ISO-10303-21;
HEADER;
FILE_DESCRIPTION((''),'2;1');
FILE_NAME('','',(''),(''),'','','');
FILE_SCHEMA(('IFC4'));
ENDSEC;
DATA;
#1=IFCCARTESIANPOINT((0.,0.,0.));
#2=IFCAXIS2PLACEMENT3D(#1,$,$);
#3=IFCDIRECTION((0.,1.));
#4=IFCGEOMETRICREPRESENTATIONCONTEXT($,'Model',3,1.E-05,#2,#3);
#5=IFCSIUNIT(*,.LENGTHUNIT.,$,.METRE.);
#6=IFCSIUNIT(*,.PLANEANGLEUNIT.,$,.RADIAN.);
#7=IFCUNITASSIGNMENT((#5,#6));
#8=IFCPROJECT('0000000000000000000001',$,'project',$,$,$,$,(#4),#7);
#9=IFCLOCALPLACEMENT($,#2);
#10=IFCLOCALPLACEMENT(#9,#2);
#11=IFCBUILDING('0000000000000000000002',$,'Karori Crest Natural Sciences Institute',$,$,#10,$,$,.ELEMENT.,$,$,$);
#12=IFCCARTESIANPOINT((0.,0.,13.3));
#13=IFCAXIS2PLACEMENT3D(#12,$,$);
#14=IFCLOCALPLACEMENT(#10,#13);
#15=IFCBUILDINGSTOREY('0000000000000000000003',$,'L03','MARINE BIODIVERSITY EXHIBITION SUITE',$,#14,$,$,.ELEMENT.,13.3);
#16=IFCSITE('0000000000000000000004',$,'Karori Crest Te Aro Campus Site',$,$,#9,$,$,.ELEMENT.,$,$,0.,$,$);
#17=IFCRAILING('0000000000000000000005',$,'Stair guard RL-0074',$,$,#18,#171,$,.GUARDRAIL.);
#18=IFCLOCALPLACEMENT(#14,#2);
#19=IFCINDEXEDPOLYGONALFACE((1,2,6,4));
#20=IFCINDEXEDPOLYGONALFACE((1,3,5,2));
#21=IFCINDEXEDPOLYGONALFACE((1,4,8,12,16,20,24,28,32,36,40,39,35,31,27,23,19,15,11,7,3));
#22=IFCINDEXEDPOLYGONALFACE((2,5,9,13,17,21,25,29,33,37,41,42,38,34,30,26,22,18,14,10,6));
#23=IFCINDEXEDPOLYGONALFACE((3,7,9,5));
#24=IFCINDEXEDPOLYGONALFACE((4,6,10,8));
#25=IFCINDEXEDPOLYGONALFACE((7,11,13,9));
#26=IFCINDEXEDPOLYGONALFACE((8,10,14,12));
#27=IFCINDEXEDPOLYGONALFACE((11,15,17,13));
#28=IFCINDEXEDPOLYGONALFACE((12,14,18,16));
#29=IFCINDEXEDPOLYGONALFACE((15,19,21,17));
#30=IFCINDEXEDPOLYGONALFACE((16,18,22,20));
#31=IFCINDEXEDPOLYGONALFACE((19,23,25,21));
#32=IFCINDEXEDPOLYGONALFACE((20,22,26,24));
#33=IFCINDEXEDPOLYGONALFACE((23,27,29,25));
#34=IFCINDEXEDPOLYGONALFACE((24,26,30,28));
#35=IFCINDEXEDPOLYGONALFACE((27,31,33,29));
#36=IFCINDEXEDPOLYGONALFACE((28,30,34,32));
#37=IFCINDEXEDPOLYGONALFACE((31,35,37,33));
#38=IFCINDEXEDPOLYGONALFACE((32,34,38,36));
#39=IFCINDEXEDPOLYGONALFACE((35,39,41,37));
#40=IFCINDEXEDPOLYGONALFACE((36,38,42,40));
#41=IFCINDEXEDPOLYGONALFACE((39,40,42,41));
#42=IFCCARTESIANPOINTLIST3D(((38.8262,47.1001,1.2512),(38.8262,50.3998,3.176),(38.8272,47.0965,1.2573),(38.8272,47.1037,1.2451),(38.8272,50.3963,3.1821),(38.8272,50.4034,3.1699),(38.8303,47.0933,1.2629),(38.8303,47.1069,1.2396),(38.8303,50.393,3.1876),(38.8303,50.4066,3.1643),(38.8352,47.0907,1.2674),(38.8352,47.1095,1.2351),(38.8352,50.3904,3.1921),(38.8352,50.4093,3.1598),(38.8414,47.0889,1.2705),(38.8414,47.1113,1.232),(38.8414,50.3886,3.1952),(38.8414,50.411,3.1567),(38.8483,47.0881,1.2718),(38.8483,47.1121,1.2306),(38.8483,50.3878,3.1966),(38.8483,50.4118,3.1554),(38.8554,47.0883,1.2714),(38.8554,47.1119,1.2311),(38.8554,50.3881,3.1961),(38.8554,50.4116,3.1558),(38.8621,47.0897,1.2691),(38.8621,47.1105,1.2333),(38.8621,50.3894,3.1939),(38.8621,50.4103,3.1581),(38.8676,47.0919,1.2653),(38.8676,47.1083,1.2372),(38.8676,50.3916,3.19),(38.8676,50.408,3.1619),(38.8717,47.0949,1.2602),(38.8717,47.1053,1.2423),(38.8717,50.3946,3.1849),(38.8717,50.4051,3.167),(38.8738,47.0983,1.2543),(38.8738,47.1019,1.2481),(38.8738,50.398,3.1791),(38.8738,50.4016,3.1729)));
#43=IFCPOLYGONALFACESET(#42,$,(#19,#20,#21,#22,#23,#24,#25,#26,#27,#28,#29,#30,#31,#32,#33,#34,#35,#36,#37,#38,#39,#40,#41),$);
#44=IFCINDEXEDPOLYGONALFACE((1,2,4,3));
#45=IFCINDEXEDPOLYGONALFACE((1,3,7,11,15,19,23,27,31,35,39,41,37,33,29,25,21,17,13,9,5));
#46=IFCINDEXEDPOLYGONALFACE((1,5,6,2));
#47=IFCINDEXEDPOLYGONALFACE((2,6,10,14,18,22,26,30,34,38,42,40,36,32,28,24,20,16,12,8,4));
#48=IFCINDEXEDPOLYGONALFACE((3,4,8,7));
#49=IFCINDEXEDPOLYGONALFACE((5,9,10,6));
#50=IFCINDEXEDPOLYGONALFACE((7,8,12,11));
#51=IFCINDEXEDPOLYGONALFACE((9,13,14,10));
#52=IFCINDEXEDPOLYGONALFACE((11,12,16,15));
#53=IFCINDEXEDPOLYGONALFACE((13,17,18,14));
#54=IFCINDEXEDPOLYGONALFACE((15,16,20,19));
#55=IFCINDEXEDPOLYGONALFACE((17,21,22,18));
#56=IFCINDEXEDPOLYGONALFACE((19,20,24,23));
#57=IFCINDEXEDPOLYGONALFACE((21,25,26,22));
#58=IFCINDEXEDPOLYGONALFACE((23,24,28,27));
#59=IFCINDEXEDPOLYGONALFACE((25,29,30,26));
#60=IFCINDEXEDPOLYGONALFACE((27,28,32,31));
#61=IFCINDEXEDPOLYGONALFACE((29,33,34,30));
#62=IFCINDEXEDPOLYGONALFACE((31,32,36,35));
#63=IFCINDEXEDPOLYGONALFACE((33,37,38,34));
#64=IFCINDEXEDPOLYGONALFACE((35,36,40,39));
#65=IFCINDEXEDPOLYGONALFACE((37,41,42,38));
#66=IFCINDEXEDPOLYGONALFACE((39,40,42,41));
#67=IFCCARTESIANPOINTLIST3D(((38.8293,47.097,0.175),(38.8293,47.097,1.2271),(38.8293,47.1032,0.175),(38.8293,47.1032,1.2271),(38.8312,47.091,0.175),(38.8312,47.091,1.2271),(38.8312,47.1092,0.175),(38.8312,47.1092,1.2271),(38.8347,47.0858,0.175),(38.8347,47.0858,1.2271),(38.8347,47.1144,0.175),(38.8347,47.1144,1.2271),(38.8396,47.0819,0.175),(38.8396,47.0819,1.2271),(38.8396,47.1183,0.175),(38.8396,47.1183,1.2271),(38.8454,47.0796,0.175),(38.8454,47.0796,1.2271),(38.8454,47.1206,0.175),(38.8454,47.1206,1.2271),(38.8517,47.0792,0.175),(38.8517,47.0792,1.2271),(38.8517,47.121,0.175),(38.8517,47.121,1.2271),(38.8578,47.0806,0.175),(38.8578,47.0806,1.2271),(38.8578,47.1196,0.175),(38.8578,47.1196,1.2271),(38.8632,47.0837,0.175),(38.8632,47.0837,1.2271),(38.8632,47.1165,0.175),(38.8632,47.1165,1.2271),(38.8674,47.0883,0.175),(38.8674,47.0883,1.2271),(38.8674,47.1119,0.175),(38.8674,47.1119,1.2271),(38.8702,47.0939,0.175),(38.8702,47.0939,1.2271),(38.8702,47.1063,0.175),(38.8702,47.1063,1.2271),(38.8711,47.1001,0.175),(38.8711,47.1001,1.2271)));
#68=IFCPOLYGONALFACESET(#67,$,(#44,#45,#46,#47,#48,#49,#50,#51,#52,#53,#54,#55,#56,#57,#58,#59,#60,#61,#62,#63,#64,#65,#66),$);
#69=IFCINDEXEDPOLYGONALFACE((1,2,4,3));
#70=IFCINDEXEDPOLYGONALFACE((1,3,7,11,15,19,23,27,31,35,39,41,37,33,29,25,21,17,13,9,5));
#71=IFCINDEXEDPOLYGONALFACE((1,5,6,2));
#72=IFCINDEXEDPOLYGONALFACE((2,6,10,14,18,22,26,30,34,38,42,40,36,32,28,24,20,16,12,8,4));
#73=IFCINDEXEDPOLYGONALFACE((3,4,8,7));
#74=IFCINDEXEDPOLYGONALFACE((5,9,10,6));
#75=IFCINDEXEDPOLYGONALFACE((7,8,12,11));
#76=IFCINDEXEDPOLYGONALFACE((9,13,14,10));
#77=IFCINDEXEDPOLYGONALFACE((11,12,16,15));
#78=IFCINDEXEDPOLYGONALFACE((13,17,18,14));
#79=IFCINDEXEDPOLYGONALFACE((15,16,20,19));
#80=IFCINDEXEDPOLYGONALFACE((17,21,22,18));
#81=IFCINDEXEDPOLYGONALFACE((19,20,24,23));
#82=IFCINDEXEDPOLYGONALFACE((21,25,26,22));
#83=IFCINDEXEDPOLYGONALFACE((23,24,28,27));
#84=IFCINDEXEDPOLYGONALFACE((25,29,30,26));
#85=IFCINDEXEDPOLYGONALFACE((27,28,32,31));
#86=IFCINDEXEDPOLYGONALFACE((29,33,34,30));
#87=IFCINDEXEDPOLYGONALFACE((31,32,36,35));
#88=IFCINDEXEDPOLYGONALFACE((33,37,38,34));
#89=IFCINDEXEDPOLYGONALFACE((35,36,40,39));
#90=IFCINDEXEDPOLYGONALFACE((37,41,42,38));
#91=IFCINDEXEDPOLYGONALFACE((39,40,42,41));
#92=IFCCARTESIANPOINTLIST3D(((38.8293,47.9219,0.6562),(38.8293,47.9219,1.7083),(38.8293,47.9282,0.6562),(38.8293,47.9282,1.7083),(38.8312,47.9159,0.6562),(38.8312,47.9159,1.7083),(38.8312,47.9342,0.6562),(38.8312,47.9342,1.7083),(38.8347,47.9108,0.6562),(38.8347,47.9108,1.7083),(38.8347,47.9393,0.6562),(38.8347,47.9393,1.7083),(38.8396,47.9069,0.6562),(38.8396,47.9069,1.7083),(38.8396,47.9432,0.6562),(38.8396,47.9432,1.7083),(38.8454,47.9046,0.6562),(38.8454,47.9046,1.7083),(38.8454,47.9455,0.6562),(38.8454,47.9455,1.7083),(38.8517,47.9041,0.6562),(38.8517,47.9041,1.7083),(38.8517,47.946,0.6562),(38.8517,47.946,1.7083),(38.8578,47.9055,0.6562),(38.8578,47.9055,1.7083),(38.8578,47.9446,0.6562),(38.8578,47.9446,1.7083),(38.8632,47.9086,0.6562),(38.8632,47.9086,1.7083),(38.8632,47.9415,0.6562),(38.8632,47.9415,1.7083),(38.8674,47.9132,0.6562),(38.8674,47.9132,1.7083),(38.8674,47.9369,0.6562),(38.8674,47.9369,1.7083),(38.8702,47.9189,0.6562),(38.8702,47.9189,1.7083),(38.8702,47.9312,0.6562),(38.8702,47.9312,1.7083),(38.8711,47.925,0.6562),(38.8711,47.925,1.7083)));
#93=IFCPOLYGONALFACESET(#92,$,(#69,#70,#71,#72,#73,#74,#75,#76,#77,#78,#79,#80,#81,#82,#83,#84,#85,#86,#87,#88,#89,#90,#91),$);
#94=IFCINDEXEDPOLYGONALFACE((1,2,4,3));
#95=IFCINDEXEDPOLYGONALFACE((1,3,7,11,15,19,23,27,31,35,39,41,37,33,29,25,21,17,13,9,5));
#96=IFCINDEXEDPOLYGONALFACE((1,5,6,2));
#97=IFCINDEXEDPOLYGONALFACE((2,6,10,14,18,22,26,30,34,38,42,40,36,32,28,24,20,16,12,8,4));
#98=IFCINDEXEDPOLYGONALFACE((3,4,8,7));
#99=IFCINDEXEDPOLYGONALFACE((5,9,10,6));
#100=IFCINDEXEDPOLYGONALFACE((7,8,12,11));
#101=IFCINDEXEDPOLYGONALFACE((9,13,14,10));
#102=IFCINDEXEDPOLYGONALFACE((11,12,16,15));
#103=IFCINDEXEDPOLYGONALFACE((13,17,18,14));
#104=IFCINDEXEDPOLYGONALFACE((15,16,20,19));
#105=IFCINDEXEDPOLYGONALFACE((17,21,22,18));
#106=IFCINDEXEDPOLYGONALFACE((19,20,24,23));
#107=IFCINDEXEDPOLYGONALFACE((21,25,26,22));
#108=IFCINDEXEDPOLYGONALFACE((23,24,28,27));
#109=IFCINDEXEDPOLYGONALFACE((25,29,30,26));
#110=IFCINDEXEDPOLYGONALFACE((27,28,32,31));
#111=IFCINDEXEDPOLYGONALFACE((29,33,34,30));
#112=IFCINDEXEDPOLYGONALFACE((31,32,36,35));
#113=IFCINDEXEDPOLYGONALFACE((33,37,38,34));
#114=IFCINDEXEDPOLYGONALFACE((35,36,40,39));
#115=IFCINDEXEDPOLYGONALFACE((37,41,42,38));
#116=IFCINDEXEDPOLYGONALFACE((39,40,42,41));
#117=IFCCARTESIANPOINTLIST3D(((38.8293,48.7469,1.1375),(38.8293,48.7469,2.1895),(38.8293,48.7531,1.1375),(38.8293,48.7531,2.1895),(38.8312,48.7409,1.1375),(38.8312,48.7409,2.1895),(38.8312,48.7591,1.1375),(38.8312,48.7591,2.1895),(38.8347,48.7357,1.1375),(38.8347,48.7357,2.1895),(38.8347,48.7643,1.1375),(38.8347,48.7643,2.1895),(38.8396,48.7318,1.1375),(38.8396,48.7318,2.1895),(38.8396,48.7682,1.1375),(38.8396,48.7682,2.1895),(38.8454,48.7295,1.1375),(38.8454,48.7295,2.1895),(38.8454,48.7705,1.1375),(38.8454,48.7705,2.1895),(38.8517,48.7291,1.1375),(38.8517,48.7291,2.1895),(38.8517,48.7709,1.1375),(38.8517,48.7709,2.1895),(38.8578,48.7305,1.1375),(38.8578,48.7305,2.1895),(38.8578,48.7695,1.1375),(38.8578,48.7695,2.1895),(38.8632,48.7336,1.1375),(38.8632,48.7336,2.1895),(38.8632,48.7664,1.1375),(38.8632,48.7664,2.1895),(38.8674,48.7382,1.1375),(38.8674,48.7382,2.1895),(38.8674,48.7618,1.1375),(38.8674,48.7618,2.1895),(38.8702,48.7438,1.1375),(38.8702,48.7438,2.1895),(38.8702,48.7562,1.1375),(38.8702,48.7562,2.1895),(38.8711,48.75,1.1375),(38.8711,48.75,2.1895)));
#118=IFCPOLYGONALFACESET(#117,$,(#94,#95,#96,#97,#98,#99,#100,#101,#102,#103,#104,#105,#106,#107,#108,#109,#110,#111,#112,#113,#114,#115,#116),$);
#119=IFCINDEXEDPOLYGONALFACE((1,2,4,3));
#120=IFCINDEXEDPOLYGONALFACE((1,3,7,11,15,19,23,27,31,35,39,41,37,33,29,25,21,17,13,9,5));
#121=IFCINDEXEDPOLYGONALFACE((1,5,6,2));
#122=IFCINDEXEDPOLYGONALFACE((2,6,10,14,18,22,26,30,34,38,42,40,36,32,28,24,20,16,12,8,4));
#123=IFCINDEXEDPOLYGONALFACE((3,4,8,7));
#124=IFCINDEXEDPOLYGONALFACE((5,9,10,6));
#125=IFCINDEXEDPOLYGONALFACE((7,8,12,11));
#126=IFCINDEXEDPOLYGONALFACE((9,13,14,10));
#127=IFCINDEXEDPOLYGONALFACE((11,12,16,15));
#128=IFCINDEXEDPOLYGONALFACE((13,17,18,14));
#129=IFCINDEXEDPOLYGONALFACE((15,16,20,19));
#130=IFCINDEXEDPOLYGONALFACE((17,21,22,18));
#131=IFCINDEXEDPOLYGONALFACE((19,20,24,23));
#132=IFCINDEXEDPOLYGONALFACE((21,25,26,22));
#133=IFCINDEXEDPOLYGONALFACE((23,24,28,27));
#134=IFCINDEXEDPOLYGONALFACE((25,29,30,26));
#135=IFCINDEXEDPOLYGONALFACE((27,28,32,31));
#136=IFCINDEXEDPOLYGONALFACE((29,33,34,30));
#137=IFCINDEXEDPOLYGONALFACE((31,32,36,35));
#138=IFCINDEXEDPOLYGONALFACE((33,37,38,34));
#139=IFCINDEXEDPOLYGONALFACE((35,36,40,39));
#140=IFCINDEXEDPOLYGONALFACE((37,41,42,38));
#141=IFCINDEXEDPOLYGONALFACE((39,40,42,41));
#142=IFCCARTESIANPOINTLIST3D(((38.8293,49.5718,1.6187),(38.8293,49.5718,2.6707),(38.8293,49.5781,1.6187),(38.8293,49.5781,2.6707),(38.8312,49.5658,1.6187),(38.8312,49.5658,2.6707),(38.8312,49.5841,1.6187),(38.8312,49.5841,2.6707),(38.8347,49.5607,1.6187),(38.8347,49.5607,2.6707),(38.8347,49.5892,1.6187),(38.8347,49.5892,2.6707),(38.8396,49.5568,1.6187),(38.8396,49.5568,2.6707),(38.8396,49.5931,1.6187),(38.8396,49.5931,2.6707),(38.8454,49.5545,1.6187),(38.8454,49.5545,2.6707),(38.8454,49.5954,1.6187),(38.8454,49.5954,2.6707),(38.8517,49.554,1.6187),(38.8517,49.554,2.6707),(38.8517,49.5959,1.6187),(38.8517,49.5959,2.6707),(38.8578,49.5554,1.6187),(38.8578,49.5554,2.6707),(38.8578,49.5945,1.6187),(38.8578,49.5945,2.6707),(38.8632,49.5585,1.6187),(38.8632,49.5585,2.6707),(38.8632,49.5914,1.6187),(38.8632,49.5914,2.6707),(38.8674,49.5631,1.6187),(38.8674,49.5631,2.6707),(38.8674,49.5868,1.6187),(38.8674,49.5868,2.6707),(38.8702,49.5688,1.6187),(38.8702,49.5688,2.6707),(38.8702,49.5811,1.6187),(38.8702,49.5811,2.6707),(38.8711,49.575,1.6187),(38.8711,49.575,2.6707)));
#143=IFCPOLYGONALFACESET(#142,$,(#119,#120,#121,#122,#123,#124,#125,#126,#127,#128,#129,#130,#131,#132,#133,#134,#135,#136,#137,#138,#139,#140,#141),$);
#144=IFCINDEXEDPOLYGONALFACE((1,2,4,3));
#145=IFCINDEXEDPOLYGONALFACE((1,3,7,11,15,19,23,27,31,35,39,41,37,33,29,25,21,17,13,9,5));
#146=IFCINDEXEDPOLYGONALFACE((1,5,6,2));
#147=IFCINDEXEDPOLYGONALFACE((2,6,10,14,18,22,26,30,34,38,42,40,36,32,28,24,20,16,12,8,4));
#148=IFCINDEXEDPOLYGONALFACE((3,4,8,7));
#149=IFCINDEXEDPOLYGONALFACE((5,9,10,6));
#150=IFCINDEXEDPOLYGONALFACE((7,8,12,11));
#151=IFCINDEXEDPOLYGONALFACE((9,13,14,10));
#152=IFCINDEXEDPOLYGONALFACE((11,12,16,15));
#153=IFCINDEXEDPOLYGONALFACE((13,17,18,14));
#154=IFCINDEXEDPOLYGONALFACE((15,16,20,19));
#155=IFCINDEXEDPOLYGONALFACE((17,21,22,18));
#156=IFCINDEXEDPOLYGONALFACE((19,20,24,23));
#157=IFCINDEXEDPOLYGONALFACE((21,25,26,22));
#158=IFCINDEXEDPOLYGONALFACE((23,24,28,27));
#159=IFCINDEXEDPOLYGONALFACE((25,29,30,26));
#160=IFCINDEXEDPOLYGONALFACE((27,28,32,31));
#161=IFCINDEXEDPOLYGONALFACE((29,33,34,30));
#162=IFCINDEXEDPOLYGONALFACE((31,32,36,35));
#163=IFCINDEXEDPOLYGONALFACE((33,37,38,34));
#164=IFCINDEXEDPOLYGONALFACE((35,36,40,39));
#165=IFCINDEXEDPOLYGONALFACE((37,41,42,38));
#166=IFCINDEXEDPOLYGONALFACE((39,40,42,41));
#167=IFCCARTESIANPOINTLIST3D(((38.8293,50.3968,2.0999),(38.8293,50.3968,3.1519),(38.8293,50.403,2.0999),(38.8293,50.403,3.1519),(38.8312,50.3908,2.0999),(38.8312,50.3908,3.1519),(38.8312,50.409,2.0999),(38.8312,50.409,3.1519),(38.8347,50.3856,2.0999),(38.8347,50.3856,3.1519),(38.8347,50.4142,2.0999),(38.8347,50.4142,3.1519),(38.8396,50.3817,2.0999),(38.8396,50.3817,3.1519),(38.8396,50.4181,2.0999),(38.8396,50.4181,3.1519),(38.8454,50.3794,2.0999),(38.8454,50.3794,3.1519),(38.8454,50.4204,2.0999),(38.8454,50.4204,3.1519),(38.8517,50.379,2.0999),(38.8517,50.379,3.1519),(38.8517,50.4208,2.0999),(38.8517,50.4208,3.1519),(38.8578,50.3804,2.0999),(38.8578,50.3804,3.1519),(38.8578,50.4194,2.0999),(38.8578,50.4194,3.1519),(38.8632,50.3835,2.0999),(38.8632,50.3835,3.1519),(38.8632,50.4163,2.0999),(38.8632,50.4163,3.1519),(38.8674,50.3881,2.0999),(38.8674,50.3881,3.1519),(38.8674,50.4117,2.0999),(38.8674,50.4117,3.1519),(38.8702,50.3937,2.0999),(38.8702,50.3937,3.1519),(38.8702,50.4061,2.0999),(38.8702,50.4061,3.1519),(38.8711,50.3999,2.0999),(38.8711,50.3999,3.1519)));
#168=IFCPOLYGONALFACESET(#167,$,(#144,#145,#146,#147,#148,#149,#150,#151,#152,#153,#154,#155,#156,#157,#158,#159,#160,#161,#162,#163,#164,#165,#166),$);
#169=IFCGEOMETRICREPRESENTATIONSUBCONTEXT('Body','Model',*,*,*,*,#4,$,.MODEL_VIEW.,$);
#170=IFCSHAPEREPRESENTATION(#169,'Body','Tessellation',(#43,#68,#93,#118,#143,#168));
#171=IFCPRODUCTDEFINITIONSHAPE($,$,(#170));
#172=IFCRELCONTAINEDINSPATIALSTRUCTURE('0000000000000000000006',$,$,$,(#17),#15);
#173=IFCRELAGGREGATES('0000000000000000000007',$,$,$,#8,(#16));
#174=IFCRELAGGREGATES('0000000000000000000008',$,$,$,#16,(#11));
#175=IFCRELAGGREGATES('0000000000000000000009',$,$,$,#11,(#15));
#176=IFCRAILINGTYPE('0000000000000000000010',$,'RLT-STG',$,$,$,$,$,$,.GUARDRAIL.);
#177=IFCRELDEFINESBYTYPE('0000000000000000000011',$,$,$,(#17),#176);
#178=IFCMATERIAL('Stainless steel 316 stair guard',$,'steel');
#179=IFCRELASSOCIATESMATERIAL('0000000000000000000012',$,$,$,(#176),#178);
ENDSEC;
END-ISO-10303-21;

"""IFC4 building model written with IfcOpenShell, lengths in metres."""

from ifc_helpers import new_model, si_unit, direction, frame, origin, origin_2d, place, context, subcontext, project, spatial, circle, extrude, material, type_object, element, save


model = new_model("IFC4")

# Units and contexts
model_context = context("Model", 3, precision=1e-05, world=origin(), true_north=direction((0.0, 1.0)))
body_context = subcontext(model_context, "Body", "Model", "MODEL_VIEW")
ifc_project = project(units=[si_unit("LENGTHUNIT", "METRE"), si_unit("PLANEANGLEUNIT", "RADIAN")], contexts=[model_context])

# Site, building, storey
site_placement = place(None, origin())
site = spatial("IfcSite", under=ifc_project, at=site_placement, Name="Karori Crest Te Aro Campus Site", CompositionType="ELEMENT", RefElevation=0.0)
building_placement = place(site_placement, origin())
building = spatial("IfcBuilding", under=site, at=building_placement, Name="Karori Crest Natural Sciences Institute", CompositionType="ELEMENT")
storey_placement = place(building_placement, frame((0.0, 0.0, 13.3)))
storey = spatial("IfcBuildingStorey", under=building, at=storey_placement, Name="L03", Description="MARINE BIODIVERSITY EXHIBITION SUITE", CompositionType="ELEMENT", Elevation=13.3)

# Railing
ifc_material_1 = material(Name="Stainless steel 316 stair guard", Category="steel")
railing_type_1 = type_object("IfcRailingType", Name="RLT-STG", PredefinedType="GUARDRAIL", material=ifc_material_1)
railing_1_placement = place(storey_placement, frame((38.8501, 47.1001, 0.175)))
element("IfcRailing", 1, at=railing_1_placement, inside=storey, type_object=railing_type_1, Name="Stair guard RL-0074", PredefinedType="GUARDRAIL", context=body_context, shape_type="SweptSolid", body=[
    extrude(circle(Radius=0.0239, at=origin_2d()), frame((0.0, 0.0, 1.0762), z_axis=(0.0, 0.863788, 0.503855), x_axis=(-1.0, 0.0, 0.0)), (0.0, 0.0, 1.0), 3.8201),
    extrude(circle(Radius=0.021, at=origin_2d()), origin(), (0.0, 0.0, 1.0), 1.052),
    extrude(circle(Radius=0.021, at=origin_2d()), frame((0.0, 0.825, 0.4812)), (0.0, 0.0, 1.0), 1.052),
    extrude(circle(Radius=0.021, at=origin_2d()), frame((0.0, 1.6499, 0.9624)), (0.0, 0.0, 1.0), 1.052),
    extrude(circle(Radius=0.021, at=origin_2d()), frame((0.0, 2.4749, 1.4436)), (0.0, 0.0, 1.0), 1.052),
    extrude(circle(Radius=0.021, at=origin_2d()), frame((0.0, 3.2998, 1.9248)), (0.0, 0.0, 1.0), 1.052),
])

save(model, "model.ifc")
